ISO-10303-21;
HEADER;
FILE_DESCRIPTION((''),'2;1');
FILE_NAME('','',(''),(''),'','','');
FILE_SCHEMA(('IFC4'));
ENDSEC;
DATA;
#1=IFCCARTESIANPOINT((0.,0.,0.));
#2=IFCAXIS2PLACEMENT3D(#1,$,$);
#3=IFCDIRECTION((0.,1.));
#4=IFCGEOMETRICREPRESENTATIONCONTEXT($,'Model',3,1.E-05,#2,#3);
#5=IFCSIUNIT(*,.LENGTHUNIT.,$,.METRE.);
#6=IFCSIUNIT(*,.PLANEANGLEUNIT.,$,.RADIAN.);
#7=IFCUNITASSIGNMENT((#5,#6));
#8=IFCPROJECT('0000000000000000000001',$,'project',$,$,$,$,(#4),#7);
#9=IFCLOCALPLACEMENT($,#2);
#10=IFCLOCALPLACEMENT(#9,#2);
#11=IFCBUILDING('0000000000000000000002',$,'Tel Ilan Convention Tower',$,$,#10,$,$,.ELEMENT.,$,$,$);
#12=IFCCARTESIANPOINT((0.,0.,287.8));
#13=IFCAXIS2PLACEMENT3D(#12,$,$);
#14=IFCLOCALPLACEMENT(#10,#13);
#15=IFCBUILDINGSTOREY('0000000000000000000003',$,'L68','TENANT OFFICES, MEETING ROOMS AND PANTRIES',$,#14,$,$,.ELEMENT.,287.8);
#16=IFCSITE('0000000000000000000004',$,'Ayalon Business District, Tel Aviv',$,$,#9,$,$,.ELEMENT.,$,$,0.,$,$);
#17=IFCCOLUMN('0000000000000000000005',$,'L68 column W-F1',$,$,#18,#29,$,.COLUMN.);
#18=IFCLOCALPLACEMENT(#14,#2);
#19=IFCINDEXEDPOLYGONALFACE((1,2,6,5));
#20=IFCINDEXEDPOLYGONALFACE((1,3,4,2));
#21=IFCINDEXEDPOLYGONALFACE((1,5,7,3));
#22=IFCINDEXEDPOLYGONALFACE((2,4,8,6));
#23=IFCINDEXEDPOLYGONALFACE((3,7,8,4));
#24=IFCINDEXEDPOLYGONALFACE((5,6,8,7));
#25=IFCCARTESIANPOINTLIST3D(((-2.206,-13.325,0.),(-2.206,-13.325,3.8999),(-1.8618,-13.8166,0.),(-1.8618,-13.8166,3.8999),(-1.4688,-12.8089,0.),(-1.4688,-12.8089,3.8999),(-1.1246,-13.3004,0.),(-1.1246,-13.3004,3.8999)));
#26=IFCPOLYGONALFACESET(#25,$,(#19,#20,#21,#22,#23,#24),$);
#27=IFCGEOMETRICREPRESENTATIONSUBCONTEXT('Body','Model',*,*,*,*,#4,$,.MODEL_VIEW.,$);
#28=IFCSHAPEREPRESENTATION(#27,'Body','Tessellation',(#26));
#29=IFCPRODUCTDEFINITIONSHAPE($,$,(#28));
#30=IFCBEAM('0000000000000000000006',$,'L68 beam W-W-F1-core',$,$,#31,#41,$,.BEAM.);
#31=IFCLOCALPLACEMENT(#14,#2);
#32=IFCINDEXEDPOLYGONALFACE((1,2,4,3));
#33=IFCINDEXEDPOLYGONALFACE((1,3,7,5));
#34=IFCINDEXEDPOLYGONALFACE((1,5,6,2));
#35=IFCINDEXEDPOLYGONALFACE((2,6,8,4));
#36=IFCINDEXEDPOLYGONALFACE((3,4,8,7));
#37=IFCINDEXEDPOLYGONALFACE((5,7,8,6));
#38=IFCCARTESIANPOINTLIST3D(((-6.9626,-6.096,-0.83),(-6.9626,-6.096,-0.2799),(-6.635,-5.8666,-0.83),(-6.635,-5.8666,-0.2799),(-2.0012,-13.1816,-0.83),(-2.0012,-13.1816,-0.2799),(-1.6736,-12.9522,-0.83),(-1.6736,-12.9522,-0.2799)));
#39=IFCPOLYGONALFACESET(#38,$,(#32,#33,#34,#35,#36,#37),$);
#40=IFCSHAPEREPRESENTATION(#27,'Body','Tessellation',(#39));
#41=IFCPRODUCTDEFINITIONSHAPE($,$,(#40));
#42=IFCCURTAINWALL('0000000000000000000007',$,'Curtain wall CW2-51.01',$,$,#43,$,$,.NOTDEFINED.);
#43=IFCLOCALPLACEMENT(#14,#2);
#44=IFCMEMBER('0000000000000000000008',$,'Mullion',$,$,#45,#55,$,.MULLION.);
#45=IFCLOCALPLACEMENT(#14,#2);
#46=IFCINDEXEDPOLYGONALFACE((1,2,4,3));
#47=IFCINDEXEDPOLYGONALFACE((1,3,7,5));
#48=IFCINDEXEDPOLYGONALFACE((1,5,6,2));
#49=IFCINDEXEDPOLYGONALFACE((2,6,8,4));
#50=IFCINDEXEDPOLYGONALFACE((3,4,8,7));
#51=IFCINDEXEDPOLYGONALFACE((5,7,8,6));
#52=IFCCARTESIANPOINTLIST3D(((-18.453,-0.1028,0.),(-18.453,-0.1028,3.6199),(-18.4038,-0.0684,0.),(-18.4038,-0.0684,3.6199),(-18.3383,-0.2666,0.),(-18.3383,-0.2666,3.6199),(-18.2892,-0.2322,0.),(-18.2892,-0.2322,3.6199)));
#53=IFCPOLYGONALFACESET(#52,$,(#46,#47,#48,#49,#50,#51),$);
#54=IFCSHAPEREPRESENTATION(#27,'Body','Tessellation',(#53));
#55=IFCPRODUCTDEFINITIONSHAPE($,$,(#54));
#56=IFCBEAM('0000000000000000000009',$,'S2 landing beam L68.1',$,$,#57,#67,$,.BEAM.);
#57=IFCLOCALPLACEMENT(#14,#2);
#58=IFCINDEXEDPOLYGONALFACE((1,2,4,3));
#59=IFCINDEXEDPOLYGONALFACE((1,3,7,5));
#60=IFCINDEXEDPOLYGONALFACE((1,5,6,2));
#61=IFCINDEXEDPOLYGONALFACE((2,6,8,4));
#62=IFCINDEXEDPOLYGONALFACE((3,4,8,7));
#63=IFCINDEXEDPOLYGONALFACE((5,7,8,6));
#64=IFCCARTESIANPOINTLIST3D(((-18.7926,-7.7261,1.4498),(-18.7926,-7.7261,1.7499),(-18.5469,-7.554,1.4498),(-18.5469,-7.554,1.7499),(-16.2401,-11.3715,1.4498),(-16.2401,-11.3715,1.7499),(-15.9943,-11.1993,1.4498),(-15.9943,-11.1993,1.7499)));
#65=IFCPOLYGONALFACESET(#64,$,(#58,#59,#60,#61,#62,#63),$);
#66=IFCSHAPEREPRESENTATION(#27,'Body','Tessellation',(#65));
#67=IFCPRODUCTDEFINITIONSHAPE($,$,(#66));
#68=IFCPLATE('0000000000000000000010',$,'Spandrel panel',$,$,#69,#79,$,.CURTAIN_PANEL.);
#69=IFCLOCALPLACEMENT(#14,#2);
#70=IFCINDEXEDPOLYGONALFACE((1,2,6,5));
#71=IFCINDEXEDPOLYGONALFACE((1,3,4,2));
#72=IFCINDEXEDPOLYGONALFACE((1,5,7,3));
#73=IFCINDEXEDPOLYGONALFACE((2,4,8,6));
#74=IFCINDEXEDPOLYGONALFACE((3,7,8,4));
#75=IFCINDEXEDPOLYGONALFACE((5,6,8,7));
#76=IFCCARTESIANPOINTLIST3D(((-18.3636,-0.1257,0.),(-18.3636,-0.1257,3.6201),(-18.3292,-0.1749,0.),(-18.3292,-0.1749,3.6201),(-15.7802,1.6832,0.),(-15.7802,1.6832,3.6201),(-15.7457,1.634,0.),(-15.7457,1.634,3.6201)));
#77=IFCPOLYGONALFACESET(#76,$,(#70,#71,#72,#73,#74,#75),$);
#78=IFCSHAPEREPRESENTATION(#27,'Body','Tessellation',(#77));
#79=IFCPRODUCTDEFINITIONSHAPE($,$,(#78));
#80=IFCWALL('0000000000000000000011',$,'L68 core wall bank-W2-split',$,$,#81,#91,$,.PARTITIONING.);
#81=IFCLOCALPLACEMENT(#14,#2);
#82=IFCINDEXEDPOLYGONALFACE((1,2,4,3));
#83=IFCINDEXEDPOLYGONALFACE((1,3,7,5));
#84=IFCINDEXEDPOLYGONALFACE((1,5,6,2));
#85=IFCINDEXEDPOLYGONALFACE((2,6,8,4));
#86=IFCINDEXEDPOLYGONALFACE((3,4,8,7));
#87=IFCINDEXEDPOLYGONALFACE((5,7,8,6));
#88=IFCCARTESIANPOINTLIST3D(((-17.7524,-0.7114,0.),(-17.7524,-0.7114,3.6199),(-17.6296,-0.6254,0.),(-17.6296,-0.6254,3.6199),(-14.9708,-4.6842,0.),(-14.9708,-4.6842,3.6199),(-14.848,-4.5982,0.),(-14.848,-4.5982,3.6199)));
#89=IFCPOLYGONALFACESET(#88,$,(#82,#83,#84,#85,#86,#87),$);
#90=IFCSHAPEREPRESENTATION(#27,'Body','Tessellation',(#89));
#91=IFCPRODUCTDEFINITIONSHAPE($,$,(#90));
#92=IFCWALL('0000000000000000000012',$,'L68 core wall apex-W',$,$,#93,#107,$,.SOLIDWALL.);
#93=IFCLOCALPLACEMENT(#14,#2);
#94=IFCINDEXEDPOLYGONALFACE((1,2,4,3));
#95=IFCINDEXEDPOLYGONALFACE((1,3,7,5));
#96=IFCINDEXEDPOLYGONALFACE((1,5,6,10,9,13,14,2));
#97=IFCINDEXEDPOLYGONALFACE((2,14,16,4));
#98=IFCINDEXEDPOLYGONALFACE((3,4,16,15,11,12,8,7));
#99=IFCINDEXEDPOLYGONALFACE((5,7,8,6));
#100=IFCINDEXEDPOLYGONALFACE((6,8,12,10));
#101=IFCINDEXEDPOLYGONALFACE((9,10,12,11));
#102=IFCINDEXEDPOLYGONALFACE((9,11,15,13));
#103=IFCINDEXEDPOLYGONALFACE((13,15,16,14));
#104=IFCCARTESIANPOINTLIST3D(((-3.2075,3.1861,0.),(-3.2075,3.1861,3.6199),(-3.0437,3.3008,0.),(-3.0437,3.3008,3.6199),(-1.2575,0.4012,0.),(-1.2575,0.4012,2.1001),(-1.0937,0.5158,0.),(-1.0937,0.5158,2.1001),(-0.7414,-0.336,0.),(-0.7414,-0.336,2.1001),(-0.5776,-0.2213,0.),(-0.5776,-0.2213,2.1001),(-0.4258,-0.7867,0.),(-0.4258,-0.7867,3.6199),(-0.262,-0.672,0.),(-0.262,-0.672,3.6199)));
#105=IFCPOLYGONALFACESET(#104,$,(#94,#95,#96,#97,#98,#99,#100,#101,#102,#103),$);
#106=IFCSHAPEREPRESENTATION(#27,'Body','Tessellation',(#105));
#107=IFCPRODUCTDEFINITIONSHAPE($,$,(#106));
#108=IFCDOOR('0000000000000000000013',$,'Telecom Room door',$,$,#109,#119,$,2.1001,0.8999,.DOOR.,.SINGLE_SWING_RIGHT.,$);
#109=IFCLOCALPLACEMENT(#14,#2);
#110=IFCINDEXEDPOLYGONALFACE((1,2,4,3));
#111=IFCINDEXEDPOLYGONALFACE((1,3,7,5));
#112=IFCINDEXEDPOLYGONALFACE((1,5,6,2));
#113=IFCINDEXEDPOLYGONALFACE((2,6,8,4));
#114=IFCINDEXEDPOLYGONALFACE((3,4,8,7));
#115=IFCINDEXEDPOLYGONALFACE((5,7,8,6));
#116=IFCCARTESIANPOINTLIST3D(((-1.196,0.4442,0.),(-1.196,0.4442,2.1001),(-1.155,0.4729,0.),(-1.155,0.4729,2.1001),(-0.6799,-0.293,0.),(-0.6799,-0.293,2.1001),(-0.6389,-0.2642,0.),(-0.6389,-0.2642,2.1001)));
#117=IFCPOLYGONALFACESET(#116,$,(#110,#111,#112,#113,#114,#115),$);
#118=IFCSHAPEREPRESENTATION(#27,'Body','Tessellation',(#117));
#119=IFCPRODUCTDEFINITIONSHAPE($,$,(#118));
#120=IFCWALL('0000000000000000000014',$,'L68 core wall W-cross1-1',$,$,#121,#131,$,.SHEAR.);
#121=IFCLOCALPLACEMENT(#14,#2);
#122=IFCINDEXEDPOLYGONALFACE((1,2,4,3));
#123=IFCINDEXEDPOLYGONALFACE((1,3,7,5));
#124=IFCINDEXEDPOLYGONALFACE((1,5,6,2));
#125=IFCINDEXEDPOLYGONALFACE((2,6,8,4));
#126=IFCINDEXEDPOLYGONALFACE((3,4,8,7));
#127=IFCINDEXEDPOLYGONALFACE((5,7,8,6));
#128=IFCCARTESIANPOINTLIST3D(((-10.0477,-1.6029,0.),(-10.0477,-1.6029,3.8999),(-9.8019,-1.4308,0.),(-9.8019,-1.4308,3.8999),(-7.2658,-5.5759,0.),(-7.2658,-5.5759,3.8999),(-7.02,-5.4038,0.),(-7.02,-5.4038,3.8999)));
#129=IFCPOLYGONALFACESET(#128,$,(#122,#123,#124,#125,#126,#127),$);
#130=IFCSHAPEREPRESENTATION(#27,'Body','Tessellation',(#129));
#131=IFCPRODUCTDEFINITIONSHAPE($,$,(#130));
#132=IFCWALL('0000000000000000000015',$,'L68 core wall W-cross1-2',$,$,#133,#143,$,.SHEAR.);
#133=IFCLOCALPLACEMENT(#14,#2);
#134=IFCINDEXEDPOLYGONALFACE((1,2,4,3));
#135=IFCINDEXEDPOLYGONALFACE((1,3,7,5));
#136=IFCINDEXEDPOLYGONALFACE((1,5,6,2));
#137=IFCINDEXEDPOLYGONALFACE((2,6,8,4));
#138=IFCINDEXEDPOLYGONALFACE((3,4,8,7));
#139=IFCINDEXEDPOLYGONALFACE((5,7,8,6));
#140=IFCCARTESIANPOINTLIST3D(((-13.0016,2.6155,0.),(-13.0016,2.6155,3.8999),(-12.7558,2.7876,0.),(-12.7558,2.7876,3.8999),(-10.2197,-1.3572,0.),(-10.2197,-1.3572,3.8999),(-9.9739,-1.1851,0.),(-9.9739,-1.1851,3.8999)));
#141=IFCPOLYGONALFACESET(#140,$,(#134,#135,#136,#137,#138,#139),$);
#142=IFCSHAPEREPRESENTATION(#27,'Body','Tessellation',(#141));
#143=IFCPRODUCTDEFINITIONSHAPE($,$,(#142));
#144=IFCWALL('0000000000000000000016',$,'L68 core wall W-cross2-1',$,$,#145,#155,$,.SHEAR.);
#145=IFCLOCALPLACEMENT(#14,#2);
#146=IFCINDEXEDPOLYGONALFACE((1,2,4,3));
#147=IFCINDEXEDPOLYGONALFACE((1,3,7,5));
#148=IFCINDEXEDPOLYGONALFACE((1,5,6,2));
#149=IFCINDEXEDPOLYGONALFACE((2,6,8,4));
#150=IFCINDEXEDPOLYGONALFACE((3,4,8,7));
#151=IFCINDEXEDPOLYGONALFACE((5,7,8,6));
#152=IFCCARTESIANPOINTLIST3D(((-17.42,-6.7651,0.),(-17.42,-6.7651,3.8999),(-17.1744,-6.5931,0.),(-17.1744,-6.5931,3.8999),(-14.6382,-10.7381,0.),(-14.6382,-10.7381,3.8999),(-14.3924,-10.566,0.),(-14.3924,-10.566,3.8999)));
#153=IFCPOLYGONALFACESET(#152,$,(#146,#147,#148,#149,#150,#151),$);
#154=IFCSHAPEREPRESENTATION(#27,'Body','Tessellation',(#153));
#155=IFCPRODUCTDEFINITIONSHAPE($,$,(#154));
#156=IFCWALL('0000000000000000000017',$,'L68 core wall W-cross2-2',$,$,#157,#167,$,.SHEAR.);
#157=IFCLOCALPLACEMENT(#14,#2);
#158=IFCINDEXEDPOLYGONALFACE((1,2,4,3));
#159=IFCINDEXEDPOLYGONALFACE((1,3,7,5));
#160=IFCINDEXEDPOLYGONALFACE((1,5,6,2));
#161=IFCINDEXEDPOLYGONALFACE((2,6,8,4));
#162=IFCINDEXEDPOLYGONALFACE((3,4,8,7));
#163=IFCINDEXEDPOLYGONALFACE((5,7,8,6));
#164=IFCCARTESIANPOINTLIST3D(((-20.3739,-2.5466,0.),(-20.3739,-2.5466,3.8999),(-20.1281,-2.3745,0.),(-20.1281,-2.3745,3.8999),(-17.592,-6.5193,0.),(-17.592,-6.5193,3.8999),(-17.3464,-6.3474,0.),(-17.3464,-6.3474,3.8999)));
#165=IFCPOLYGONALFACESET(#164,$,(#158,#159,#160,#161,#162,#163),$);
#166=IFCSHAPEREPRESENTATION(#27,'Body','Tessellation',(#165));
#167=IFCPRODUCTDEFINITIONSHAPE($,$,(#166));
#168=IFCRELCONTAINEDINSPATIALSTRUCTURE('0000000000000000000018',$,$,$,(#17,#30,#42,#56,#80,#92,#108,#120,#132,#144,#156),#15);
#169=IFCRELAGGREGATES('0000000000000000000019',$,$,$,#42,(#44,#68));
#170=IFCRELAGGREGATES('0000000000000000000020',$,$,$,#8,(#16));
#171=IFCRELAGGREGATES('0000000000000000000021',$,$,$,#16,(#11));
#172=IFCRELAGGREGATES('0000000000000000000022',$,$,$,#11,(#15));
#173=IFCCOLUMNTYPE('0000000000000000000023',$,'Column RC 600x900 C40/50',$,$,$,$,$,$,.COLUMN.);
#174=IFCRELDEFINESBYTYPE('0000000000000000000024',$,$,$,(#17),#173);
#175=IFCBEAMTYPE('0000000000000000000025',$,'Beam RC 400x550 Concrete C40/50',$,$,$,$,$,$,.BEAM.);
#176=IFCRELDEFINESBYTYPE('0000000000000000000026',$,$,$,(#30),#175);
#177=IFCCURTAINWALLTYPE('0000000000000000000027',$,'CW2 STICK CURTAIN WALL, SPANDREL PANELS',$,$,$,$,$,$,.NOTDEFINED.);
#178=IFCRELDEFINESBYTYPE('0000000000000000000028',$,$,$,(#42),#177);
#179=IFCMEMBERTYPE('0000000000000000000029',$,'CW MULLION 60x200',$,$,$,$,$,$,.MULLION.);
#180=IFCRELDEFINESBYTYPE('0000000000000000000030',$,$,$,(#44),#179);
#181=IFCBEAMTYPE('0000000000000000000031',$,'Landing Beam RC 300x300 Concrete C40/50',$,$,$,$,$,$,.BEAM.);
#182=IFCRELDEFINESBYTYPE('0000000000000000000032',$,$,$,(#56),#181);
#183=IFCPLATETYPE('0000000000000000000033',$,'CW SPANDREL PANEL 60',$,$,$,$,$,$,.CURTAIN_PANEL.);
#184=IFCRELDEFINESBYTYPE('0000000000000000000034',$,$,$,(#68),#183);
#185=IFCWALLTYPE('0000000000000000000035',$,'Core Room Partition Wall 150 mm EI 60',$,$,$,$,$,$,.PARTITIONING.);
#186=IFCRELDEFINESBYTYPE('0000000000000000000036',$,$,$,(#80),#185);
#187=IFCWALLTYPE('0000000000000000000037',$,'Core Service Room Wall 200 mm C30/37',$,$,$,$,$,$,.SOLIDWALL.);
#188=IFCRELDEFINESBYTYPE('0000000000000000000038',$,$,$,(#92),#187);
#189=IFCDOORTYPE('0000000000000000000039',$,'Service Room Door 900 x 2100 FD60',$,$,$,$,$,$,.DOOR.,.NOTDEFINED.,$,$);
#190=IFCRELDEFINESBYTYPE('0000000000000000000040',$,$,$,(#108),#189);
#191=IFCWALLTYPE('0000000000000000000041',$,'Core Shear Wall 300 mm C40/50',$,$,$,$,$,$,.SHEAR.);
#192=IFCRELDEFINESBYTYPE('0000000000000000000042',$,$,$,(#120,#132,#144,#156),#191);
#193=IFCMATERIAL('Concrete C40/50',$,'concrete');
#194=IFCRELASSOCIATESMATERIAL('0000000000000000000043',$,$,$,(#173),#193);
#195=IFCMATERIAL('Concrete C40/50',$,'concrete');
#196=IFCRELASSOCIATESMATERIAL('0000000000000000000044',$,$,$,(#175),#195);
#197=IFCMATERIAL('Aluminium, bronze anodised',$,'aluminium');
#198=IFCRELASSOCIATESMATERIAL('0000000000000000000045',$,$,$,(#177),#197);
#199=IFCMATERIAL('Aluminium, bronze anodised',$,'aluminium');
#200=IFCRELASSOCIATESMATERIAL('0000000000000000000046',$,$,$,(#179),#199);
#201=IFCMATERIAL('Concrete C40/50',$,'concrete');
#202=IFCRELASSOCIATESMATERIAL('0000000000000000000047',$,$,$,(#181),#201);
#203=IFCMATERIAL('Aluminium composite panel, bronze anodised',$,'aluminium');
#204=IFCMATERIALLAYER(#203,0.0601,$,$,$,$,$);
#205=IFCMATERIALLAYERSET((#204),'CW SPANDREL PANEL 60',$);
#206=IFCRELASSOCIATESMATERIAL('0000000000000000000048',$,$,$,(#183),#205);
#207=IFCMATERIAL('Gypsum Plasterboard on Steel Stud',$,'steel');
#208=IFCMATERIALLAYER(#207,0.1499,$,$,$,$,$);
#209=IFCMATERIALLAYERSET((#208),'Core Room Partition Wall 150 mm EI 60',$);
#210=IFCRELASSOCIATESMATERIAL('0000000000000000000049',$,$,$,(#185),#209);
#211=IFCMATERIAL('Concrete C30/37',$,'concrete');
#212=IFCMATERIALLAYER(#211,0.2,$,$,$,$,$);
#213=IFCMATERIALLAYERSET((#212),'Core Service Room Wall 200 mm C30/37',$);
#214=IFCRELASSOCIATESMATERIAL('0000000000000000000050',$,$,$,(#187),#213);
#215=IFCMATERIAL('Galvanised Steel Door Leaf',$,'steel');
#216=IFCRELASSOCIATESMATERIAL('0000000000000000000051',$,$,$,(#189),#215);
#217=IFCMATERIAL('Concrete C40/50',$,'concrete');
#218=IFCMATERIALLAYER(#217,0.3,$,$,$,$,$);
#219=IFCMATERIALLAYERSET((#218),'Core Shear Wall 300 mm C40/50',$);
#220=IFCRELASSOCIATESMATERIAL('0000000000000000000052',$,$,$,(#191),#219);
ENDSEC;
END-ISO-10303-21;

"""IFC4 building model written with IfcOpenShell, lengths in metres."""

from ifc_helpers import new_model, si_unit, direction, frame, frame_2d, origin, origin_2d, place, context, subcontext, project, spatial, polyline, rectangle, outline, extrude, material, layer, layer_set, material_profile, profile_set, type_object, element, fill, aggregate, save


model = new_model("IFC4")

# Units and contexts
model_context = context("Model", 3, precision=1e-05, world=origin(), true_north=direction((0.0, 1.0)))
body_context = subcontext(model_context, "Body", "Model", "MODEL_VIEW")
ifc_project = project(units=[si_unit("LENGTHUNIT", "METRE"), si_unit("PLANEANGLEUNIT", "RADIAN")], contexts=[model_context])

# Site, building, storey
site_placement = place(None, origin())
site = spatial("IfcSite", under=ifc_project, at=site_placement, Name="Ayalon Business District, Tel Aviv", CompositionType="ELEMENT", RefElevation=0.0)
building_placement = place(site_placement, origin())
building = spatial("IfcBuilding", under=site, at=building_placement, Name="Tel Ilan Convention Tower", CompositionType="ELEMENT")
storey_placement = place(building_placement, frame((0.0, 0.0, 287.8)))
storey = spatial("IfcBuildingStorey", under=building, at=storey_placement, Name="L68", Description="TENANT OFFICES, MEETING ROOMS AND PANTRIES", CompositionType="ELEMENT", Elevation=287.8)

# Column
ifc_material_1 = material(Name="Concrete C40/50", Category="concrete")
ifc_material_profile_1 = material_profile(ifc_material_1, rectangle(XDim=0.8999, YDim=0.6001, at=origin_2d()), Name="RC 600x900")
ifc_profile_set_1 = profile_set([ifc_material_profile_1], Name="Concrete C40/50")
column_type = type_object("IfcColumnType", Name="Column RC 600x900 C40/50", PredefinedType="COLUMN", material=ifc_profile_set_1)
column_placement = place(storey_placement, frame((-1.6653, -13.3127, 0.0), z_axis=(0.0, 0.0, 1.0), x_axis=(-0.819152, -0.573576, 0.0)))
element("IfcColumn", 1, at=column_placement, inside=storey, type_object=column_type, Name="L68 column W-F1", PredefinedType="COLUMN", context=body_context, shape_type="SweptSolid", body=[
    extrude(rectangle(XDim=0.8999, YDim=0.6001, at=origin_2d()), origin(), (0.0, 0.0, 1.0), 3.8999),
])

# Beam
ifc_material_2 = material(Name="Concrete C40/50", Category="concrete")
ifc_material_profile_2 = material_profile(ifc_material_2, rectangle(XDim=0.3999, YDim=0.55, at=origin_2d()), Name="RC 400x550")
ifc_profile_set_2 = profile_set([ifc_material_profile_2], Name="Concrete C40/50")
beam_type_1 = type_object("IfcBeamType", Name="Beam RC 400x550 Concrete C40/50", PredefinedType="BEAM", material=ifc_profile_set_2)
beam_1_placement = place(storey_placement, frame((-1.8374, -13.0669, -0.5549), z_axis=(-0.573574, 0.819154, 0.0), x_axis=(-0.819154, -0.573574, 0.0)))
element("IfcBeam", 2, at=beam_1_placement, inside=storey, type_object=beam_type_1, Name="L68 beam W-W-F1-core", PredefinedType="BEAM", context=body_context, shape_type="SweptSolid", body=[
    extrude(rectangle(XDim=0.3999, YDim=0.55, at=origin_2d()), origin(), (0.0, 0.0, 1.0), 8.6499),
])

# Curtain wall, member
ifc_material_3 = material(Name="Aluminium, bronze anodised", Category="aluminium")
curtain_wall_type = type_object("IfcCurtainWallType", Name="CW2 STICK CURTAIN WALL, SPANDREL PANELS", PredefinedType="NOTDEFINED", material=ifc_material_3)
curtain_wall_placement = place(storey_placement, origin())
curtain_wall = element("IfcCurtainWall", 3, at=curtain_wall_placement, inside=storey, type_object=curtain_wall_type, Name="Curtain wall CW2-51.01", PredefinedType="NOTDEFINED")
ifc_material_4 = material(Name="Aluminium, bronze anodised", Category="aluminium")
ifc_material_profile_3 = material_profile(ifc_material_4, rectangle(XDim=0.0601, YDim=0.2, at=origin_2d()), Name="CW MULLION 60x200")
ifc_profile_set_3 = profile_set([ifc_material_profile_3], Name="Aluminium, bronze anodised")
member_type = type_object("IfcMemberType", Name="CW MULLION 60x200", PredefinedType="MULLION", material=ifc_profile_set_3)
member_placement = place(storey_placement, frame((-18.3711, -0.1675, 0.0), z_axis=(0.0, 0.0, 1.0), x_axis=(-0.819152, -0.573576, 0.0)))
member = element("IfcMember", 4, at=member_placement, type_object=member_type, Name="Mullion", PredefinedType="MULLION", context=body_context, shape_type="SweptSolid", body=[
    extrude(rectangle(XDim=0.0601, YDim=0.2, at=origin_2d()), origin(), (0.0, 0.0, 1.0), 3.6199),
])

# Beam
ifc_material_5 = material(Name="Concrete C40/50", Category="concrete")
ifc_material_profile_4 = material_profile(ifc_material_5, rectangle(XDim=0.3, YDim=0.3, at=origin_2d()), Name="RC 300x300")
ifc_profile_set_4 = profile_set([ifc_material_profile_4], Name="Concrete C40/50")
beam_type_2 = type_object("IfcBeamType", Name="Landing Beam RC 300x300 Concrete C40/50", PredefinedType="BEAM", material=ifc_profile_set_4)
beam_2_placement = place(storey_placement, frame((-16.1172, -11.2854, 1.5999), z_axis=(-0.573584, 0.819147, 0.0), x_axis=(-0.819147, -0.573584, 0.0)))
element("IfcBeam", 5, at=beam_2_placement, inside=storey, type_object=beam_type_2, Name="S2 landing beam L68.1", PredefinedType="BEAM", context=body_context, shape_type="SweptSolid", body=[
    extrude(rectangle(XDim=0.3, YDim=0.3, at=origin_2d()), origin(), (0.0, 0.0, 1.0), 4.4502),
])

# Plate
ifc_material_6 = material(Name="Aluminium composite panel, bronze anodised", Category="aluminium")
ifc_layer_1 = layer(ifc_material_6, 0.0601)
ifc_layer_set_1 = layer_set([ifc_layer_1], Name="CW SPANDREL PANEL 60")
plate_type = type_object("IfcPlateType", Name="CW SPANDREL PANEL 60", PredefinedType="CURTAIN_PANEL", material=ifc_layer_set_1)
plate_placement = place(storey_placement, frame((-17.0547, 0.7542, 0.0), z_axis=(0.0, 0.0, 1.0), x_axis=(-0.819152, -0.573576, 0.0)))
plate = element("IfcPlate", 6, at=plate_placement, type_object=plate_type, Name="Spandrel panel", PredefinedType="CURTAIN_PANEL", context=body_context, shape_type="SweptSolid", body=[
    extrude(rectangle(XDim=3.1538, YDim=0.0601, at=origin_2d()), origin(), (0.0, 0.0, 1.0), 3.6201),
])
aggregate(curtain_wall, [member, plate])

# Wall
ifc_material_7 = material(Name="Gypsum Plasterboard on Steel Stud", Category="steel")
ifc_layer_2 = layer(ifc_material_7, 0.1499)
ifc_layer_set_2 = layer_set([ifc_layer_2], Name="Core Room Partition Wall 150 mm EI 60")
wall_type_1 = type_object("IfcWallType", Name="Core Room Partition Wall 150 mm EI 60", PredefinedType="PARTITIONING", material=ifc_layer_set_2)
wall_1_placement = place(storey_placement, frame((-14.9094, -4.6411, 0.0), z_axis=(0.0, 0.0, 1.0), x_axis=(-0.57356, 0.819163, 0.0)))
element("IfcWall", 7, at=wall_1_placement, inside=storey, type_object=wall_type_1, Name="L68 core wall bank-W2-split", PredefinedType="PARTITIONING", context=body_context, shape_type="SweptSolid", body=[
    extrude(rectangle(XDim=4.8499, YDim=0.1499, at=frame_2d((2.4248, 0.0))), origin(), (0.0, 0.0, 1.0), 3.6199),
])

# Wall, opening, door
ifc_material_8 = material(Name="Concrete C30/37", Category="concrete")
ifc_layer_3 = layer(ifc_material_8, 0.2)
ifc_layer_set_3 = layer_set([ifc_layer_3], Name="Core Service Room Wall 200 mm C30/37")
wall_type_2 = type_object("IfcWallType", Name="Core Service Room Wall 200 mm C30/37", PredefinedType="SOLIDWALL", material=ifc_layer_set_3)
wall_2_placement = place(storey_placement, frame((-0.344, -0.7292, 0.0), z_axis=(0.0, 0.0, 1.0), x_axis=(-0.57356, 0.819163, 0.0)))
wall_2 = element("IfcWall", 8, at=wall_2_placement, inside=storey, type_object=wall_type_2, Name="L68 core wall apex-W", PredefinedType="SOLIDWALL", context=body_context, shape_type="SweptSolid", body=[
    extrude(rectangle(XDim=4.8499, YDim=0.2, at=frame_2d((2.4248, 0.0))), origin(), (0.0, 0.0, 1.0), 3.6199),
])
opening_1_placement = place(wall_2_placement, frame((0.55, 0.0, 0.0)))
opening_1 = element("IfcOpeningElement", 9, at=opening_1_placement, cuts=wall_2, PredefinedType="OPENING", context=body_context, shape_type="SweptSolid", body=[
    extrude(rectangle(XDim=0.8999, YDim=2.1001, at=frame_2d((0.45, 1.05))), frame((0.0, 0.1099, 0.0), z_axis=(0.0, -1.0, 0.0), x_axis=(1.0, 0.0, 0.0)), (0.0, 0.0, 1.0), 0.22),
])
ifc_material_9 = material(Name="Galvanised Steel Door Leaf", Category="steel")
door_type_1 = type_object("IfcDoorType", Name="Service Room Door 900 x 2100 FD60", OperationType="NOTDEFINED", PredefinedType="DOOR", material=ifc_material_9)
door_1_placement = place(opening_1_placement, origin())
door_1 = element("IfcDoor", 10, at=door_1_placement, inside=storey, type_object=door_type_1, Name="Telecom Room door", OperationType="SINGLE_SWING_RIGHT", OverallHeight=2.1001, OverallWidth=0.8999, PredefinedType="DOOR", context=body_context, shape_type="SweptSolid", body=[
    extrude(rectangle(XDim=0.8999, YDim=2.1001, at=frame_2d((0.45, 1.05))), frame((0.0, 0.0249, 0.0), z_axis=(0.0, -1.0, 0.0), x_axis=(1.0, 0.0, 0.0)), (0.0, 0.0, 1.0), 0.05),
])
fill(opening_1, door_1)

# Walls
ifc_material_10 = material(Name="Concrete C40/50", Category="concrete")
ifc_layer_4 = layer(ifc_material_10, 0.3)
ifc_layer_set_4 = layer_set([ifc_layer_4], Name="Core Shear Wall 300 mm C40/50")
wall_type_3 = type_object("IfcWallType", Name="Core Shear Wall 300 mm C40/50", PredefinedType="SHEAR", material=ifc_layer_set_4)
wall_3_placement = place(storey_placement, frame((-7.1428, -5.4897, 0.0), z_axis=(0.0, 0.0, 1.0), x_axis=(-0.573618, 0.819123, 0.0)))
element("IfcWall", 11, at=wall_3_placement, inside=storey, type_object=wall_type_3, Name="L68 core wall W-cross1-1", PredefinedType="SHEAR", context=body_context, shape_type="SweptSolid", body=[
    extrude(outline(polyline([(4.8501, 0.1499), (0.0, 0.1501), (0.0, -0.1499), (4.8501, -0.1501), (4.8501, 0.1499)])), origin(), (0.0, 0.0, 1.0), 3.8999),
])
wall_4_placement = place(storey_placement, frame((-10.0969, -1.2712, 0.0), z_axis=(0.0, 0.0, 1.0), x_axis=(-0.57356, 0.819163, 0.0)))
element("IfcWall", 12, at=wall_4_placement, inside=storey, type_object=wall_type_3, Name="L68 core wall W-cross1-2", PredefinedType="SHEAR", context=body_context, shape_type="SweptSolid", body=[
    extrude(outline(polyline([(4.8499, -0.1499), (4.8499, 0.1501), (0.0, 0.1499), (0.0, -0.1501), (4.8499, -0.1499)])), origin(), (0.0, 0.0, 1.0), 3.8999),
])
wall_5_placement = place(storey_placement, frame((-14.5154, -10.6521, 0.0), z_axis=(0.0, 0.0, 1.0), x_axis=(-0.57356, 0.819163, 0.0)))
element("IfcWall", 13, at=wall_5_placement, inside=storey, type_object=wall_type_3, Name="L68 core wall W-cross2-1", PredefinedType="SHEAR", context=body_context, shape_type="SweptSolid", body=[
    extrude(outline(polyline([(4.8501, 0.1499), (0.0, 0.1499), (0.0, -0.1501), (4.8501, -0.1499), (4.8501, 0.1499)])), origin(), (0.0, 0.0, 1.0), 3.8999),
])
wall_6_placement = place(storey_placement, frame((-17.4692, -6.4333, 0.0), z_axis=(0.0, 0.0, 1.0), x_axis=(-0.573594, 0.81914, 0.0)))
element("IfcWall", 14, at=wall_6_placement, inside=storey, type_object=wall_type_3, Name="L68 core wall W-cross2-2", PredefinedType="SHEAR", context=body_context, shape_type="SweptSolid", body=[
    extrude(outline(polyline([(4.8499, -0.1501), (4.8499, 0.1499), (0.0, 0.1499), (0.0, -0.1499), (4.8499, -0.1501)])), origin(), (0.0, 0.0, 1.0), 3.8999),
])

save(model, "model.ifc")
